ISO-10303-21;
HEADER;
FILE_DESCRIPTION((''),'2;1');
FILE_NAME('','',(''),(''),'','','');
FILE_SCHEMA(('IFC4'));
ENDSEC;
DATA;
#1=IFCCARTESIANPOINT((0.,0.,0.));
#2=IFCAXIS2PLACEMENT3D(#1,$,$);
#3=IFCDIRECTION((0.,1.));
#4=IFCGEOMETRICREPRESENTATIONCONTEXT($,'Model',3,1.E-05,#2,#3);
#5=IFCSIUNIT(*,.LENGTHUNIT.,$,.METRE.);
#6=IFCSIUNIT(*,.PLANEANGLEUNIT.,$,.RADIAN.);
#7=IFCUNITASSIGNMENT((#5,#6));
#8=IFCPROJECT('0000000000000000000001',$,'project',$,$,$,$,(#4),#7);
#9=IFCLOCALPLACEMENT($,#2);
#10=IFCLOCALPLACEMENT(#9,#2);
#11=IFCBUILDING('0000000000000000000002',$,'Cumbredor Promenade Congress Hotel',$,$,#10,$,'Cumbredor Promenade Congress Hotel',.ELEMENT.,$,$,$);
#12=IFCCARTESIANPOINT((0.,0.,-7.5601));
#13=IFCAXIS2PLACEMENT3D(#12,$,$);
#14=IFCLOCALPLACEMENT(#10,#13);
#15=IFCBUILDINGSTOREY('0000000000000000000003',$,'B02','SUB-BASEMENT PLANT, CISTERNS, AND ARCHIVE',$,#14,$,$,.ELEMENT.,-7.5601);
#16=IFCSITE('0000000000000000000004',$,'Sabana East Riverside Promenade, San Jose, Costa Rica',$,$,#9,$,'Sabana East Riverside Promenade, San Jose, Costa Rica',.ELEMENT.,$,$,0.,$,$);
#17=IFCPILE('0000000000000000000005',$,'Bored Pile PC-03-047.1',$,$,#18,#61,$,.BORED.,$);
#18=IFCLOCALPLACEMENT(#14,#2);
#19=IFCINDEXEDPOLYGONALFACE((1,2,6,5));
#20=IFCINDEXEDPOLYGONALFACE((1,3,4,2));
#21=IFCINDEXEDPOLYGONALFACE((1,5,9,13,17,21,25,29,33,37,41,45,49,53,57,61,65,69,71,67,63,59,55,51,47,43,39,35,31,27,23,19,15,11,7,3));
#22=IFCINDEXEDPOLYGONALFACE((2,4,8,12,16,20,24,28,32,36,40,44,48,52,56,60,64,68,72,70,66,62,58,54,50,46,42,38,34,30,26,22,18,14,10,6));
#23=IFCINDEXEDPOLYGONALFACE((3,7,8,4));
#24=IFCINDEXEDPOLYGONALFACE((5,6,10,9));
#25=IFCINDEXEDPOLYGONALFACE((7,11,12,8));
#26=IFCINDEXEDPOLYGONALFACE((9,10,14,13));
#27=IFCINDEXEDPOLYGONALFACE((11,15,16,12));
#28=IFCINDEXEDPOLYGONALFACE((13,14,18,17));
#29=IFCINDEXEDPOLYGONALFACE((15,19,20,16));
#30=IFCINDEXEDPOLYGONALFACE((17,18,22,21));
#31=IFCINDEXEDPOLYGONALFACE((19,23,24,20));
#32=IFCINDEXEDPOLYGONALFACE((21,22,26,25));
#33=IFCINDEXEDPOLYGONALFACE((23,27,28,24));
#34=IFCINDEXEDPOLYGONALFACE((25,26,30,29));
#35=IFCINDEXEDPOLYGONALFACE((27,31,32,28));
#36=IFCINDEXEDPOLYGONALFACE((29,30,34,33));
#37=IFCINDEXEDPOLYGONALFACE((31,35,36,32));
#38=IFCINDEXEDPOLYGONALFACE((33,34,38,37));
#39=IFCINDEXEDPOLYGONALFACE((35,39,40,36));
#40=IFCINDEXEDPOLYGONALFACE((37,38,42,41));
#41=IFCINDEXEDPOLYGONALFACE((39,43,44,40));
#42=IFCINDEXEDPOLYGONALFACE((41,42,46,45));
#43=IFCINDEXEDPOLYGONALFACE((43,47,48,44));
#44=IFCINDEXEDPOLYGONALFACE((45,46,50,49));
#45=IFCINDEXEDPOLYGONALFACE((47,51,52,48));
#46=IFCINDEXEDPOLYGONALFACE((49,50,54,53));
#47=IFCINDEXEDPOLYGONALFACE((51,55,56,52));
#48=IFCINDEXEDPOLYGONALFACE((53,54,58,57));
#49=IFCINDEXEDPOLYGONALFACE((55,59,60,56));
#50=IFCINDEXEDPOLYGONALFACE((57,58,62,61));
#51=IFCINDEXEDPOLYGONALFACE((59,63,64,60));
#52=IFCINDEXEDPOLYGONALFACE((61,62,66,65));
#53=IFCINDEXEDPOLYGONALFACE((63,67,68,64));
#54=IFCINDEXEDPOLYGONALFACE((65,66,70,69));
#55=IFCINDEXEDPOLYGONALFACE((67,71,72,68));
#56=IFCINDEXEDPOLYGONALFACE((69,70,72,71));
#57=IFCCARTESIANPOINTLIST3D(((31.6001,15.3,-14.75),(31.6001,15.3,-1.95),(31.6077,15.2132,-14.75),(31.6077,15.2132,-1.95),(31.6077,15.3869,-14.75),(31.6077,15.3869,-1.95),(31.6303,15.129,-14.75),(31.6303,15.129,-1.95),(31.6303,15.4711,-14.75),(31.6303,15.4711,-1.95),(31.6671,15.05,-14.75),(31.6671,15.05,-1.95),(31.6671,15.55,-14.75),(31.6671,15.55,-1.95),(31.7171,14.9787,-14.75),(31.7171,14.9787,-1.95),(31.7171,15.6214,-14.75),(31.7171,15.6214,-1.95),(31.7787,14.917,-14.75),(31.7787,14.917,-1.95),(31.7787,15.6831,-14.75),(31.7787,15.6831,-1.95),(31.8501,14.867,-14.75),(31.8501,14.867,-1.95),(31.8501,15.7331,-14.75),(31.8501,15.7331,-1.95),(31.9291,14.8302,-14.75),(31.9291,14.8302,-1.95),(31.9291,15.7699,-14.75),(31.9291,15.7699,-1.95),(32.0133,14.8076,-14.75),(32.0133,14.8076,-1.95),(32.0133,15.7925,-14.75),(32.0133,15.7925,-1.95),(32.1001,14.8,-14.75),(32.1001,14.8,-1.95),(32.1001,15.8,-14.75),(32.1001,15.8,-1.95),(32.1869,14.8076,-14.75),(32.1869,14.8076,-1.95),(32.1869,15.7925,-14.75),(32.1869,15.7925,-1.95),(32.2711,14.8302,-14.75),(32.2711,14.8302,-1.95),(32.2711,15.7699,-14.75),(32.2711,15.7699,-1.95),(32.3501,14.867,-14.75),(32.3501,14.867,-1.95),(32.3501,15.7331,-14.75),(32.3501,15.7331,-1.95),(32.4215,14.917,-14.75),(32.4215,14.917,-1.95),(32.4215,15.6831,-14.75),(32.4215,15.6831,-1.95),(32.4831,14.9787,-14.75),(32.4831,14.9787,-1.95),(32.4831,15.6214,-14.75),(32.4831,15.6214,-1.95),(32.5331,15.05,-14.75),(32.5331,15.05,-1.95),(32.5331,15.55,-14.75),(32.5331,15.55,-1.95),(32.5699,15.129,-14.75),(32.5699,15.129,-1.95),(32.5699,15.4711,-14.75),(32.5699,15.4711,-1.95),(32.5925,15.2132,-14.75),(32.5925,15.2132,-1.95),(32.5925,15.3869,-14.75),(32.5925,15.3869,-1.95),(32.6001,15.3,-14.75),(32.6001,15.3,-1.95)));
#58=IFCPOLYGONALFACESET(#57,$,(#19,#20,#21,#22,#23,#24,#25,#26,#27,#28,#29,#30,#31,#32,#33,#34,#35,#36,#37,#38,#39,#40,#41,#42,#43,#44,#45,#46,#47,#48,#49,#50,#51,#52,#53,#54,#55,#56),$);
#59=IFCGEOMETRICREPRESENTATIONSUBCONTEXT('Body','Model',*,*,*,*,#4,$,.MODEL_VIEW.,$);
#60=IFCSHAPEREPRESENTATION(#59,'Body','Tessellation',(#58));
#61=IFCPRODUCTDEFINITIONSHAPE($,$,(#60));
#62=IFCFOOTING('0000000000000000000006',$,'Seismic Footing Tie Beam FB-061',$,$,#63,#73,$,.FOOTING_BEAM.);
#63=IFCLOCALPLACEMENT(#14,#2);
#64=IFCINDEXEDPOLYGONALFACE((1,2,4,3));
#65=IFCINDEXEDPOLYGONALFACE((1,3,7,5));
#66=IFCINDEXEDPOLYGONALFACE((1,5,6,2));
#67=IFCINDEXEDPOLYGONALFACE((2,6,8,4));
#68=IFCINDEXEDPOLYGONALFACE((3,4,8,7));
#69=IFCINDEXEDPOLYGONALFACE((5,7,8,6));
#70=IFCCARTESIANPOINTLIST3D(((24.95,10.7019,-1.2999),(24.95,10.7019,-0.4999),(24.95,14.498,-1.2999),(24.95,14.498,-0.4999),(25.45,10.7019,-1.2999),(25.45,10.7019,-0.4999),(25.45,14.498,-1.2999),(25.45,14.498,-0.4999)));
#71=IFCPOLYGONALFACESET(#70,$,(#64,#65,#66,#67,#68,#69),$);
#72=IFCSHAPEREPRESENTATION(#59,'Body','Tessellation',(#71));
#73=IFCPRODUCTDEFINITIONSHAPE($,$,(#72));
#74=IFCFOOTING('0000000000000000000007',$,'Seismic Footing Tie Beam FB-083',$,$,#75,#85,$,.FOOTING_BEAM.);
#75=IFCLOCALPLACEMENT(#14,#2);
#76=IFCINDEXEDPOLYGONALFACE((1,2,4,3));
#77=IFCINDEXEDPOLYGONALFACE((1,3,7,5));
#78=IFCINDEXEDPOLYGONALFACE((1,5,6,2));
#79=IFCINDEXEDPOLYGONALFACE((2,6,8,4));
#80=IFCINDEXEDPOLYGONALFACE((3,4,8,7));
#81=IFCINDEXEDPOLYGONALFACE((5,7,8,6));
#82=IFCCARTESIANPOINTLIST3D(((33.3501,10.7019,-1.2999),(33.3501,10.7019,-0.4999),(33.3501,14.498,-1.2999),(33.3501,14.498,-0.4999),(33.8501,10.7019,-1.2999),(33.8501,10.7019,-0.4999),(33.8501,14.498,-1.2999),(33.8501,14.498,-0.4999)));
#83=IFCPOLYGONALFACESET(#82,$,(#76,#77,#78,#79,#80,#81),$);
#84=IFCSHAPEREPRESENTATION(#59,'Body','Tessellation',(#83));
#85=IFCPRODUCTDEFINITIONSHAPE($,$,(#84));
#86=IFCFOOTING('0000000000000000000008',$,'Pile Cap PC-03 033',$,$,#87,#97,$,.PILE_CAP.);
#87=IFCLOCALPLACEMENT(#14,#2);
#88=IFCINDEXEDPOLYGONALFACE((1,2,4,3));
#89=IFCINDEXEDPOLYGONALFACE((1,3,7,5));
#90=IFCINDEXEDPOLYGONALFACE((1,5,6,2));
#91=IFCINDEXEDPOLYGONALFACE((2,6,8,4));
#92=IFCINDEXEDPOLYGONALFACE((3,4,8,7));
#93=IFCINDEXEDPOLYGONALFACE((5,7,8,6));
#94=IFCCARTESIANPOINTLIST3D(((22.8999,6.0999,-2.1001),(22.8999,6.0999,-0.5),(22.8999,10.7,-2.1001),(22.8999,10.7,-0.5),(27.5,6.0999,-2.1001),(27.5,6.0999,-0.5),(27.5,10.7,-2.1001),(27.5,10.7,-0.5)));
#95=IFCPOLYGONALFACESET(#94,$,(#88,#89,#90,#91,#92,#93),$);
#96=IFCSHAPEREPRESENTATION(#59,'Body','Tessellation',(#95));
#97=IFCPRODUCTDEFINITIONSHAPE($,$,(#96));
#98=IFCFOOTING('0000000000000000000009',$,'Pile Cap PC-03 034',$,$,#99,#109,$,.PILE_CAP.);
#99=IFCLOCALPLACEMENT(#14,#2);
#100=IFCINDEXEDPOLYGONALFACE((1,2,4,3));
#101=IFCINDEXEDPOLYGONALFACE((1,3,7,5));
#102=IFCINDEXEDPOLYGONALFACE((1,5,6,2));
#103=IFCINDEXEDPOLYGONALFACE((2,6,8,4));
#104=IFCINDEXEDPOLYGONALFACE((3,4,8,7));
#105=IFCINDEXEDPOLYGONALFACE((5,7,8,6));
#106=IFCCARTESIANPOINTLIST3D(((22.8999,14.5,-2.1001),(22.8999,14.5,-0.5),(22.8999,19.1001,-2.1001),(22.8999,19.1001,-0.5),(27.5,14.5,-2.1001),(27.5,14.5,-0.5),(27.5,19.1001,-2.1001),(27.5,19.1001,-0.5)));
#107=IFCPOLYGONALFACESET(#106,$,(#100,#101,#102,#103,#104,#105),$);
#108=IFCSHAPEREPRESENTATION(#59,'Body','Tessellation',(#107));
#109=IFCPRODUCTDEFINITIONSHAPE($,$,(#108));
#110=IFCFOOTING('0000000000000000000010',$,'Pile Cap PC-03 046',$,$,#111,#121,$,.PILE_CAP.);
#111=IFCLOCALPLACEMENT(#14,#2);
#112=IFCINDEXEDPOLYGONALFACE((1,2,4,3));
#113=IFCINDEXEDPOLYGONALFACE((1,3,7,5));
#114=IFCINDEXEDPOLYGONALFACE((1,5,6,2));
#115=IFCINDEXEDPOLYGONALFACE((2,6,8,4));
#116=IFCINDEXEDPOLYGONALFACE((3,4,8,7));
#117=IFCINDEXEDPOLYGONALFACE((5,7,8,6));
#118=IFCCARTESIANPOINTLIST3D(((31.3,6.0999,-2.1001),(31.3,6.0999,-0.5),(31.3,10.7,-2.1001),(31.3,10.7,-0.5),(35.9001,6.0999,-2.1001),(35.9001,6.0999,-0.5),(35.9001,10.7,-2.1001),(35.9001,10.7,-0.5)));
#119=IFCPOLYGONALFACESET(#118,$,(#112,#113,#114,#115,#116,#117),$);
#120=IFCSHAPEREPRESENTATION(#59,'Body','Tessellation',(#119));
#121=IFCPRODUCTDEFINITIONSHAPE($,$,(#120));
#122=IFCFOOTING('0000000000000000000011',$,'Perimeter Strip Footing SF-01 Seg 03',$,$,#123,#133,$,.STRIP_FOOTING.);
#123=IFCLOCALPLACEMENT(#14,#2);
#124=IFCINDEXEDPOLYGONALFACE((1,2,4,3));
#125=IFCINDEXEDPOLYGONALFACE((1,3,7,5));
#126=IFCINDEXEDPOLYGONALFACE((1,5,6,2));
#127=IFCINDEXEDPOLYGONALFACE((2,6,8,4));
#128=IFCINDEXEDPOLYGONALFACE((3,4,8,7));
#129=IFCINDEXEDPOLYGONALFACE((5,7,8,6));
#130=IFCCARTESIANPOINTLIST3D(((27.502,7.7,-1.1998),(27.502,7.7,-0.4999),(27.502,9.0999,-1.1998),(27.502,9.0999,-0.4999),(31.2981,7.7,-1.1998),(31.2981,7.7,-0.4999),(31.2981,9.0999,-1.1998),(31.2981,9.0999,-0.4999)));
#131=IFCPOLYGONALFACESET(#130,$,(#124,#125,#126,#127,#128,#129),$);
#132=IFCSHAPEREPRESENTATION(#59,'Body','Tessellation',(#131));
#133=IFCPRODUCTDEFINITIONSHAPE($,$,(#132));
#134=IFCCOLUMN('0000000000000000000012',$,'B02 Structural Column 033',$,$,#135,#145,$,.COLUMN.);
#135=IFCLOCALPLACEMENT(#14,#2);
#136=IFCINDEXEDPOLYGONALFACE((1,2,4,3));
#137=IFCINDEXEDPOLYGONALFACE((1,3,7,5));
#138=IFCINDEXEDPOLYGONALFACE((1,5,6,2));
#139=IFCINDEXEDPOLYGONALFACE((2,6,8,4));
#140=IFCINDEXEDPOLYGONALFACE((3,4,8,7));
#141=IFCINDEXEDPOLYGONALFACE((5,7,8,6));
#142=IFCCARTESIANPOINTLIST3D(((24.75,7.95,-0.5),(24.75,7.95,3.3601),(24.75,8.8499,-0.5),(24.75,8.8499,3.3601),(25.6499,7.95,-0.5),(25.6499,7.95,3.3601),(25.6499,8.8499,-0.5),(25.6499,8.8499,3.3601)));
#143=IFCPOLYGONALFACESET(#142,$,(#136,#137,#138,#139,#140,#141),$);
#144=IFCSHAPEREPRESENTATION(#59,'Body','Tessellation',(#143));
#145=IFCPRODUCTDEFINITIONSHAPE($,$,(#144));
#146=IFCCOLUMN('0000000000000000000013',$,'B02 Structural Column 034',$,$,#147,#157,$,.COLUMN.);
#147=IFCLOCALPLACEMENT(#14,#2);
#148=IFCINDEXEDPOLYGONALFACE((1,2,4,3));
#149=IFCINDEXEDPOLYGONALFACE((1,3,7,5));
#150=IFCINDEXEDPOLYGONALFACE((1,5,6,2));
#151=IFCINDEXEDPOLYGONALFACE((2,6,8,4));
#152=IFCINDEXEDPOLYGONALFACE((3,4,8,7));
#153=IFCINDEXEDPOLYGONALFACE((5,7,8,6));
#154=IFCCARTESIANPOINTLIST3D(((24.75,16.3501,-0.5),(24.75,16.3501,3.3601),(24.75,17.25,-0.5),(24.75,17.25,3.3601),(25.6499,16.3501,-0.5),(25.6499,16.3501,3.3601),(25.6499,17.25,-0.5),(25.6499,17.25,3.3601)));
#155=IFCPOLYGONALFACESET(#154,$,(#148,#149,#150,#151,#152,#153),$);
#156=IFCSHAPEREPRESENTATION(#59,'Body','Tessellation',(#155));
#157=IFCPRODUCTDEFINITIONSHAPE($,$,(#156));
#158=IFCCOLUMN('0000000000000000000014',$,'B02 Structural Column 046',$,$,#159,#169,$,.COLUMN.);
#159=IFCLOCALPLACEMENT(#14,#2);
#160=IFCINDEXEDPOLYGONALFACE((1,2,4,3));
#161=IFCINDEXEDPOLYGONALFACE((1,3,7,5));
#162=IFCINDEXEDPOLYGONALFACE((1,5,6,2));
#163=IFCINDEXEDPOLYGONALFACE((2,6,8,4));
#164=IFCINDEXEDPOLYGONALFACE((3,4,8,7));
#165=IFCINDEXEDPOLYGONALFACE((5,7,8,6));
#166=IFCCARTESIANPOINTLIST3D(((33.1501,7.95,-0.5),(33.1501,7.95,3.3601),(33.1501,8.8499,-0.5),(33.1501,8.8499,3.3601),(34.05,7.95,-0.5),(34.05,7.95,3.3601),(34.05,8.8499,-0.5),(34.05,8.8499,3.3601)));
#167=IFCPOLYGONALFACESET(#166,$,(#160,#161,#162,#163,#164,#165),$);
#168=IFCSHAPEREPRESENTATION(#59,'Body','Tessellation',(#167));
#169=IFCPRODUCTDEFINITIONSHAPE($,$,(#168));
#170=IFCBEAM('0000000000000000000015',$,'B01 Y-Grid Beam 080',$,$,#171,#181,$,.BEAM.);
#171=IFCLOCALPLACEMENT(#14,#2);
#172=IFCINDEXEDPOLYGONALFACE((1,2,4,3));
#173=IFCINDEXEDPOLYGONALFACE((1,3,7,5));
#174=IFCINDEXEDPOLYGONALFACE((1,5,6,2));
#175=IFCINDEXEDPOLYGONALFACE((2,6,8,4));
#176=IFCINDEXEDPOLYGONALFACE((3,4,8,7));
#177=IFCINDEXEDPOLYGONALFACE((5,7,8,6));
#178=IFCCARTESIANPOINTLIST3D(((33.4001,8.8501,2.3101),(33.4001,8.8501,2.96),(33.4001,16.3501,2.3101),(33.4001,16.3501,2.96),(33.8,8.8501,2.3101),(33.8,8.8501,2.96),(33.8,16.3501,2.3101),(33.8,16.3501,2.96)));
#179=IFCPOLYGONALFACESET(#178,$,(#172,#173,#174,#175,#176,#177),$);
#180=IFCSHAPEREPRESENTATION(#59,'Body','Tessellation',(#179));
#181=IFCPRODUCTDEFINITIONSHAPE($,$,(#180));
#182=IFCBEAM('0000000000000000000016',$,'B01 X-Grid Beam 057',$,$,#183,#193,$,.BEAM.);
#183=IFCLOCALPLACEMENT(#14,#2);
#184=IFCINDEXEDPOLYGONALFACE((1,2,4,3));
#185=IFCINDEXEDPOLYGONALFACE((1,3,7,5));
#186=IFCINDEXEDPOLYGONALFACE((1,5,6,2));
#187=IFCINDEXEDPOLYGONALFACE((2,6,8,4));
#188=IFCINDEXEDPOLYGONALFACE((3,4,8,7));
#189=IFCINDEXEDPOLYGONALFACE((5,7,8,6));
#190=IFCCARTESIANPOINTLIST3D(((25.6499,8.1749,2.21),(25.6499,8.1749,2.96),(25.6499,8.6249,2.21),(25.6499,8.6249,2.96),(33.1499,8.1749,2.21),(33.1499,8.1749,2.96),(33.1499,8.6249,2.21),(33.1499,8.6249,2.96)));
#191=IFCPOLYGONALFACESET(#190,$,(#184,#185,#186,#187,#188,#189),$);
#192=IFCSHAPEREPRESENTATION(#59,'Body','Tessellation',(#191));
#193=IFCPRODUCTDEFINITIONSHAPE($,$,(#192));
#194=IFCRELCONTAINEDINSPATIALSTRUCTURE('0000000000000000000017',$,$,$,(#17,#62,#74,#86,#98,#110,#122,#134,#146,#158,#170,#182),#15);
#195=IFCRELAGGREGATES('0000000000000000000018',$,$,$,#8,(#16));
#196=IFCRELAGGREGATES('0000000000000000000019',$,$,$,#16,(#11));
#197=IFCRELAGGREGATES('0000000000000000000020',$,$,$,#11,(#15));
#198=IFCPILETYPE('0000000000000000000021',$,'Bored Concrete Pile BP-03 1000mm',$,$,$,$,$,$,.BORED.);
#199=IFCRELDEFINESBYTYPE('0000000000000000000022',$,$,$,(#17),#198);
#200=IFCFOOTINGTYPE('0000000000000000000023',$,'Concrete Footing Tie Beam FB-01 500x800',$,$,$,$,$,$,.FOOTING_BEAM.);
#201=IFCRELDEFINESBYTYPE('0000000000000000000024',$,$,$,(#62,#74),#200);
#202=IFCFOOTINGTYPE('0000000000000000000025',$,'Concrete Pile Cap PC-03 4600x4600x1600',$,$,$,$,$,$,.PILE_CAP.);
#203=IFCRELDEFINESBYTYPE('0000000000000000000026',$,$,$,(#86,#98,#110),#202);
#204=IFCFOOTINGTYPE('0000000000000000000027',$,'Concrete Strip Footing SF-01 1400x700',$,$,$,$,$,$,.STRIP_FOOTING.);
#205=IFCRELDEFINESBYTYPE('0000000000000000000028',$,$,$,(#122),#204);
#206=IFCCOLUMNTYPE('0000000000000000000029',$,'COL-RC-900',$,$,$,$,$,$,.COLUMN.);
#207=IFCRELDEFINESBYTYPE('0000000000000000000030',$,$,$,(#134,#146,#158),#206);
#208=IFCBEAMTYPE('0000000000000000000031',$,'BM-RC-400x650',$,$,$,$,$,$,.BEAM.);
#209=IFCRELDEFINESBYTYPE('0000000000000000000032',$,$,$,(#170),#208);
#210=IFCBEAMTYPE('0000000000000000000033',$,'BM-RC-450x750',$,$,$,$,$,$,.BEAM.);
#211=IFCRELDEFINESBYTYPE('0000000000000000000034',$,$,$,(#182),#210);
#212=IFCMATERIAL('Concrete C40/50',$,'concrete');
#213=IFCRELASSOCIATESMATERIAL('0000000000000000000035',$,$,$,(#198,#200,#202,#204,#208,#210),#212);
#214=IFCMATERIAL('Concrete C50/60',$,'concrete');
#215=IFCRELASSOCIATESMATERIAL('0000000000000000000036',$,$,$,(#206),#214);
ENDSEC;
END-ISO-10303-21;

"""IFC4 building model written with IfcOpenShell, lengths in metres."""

from ifc_helpers import new_model, si_unit, direction, frame, origin, origin_2d, place, context, subcontext, project, spatial, rectangle, circle, extrude, material, material_profile, profile_set, type_object, element, save


model = new_model("IFC4")

# Units and contexts
model_context = context("Model", 3, precision=1e-05, world=origin(), true_north=direction((0.0, 1.0)))
body_context = subcontext(model_context, "Body", "Model", "MODEL_VIEW")
ifc_project = project(units=[si_unit("LENGTHUNIT", "METRE"), si_unit("PLANEANGLEUNIT", "RADIAN")], contexts=[model_context])

# Site, building, storey
site_placement = place(None, origin())
site = spatial("IfcSite", under=ifc_project, at=site_placement, Name="Sabana East Riverside Promenade, San Jose, Costa Rica", LongName="Sabana East Riverside Promenade, San Jose, Costa Rica", CompositionType="ELEMENT", RefElevation=0.0)
building_placement = place(site_placement, origin())
building = spatial("IfcBuilding", under=site, at=building_placement, Name="Cumbredor Promenade Congress Hotel", LongName="Cumbredor Promenade Congress Hotel", CompositionType="ELEMENT")
storey_placement = place(building_placement, frame((0.0, 0.0, -7.5601)))
storey = spatial("IfcBuildingStorey", under=building, at=storey_placement, Name="B02", Description="SUB-BASEMENT PLANT, CISTERNS, AND ARCHIVE", CompositionType="ELEMENT", Elevation=-7.5601)

# Pile
ifc_material_1 = material(Name="Concrete C40/50", Category="concrete")
ifc_material_profile_1 = material_profile(ifc_material_1, circle(Radius=0.5, at=origin_2d()), Name="PILE D1000")
ifc_profile_set_1 = profile_set([ifc_material_profile_1], Name="Concrete C40/50")
pile_type = type_object("IfcPileType", Name="Bored Concrete Pile BP-03 1000mm", PredefinedType="BORED", material=ifc_profile_set_1)
for number, where, z_axis, x_axis, name in (
    (1, (32.1001, 15.3, -1.95), (0.0, 0.0, -1.0), (1.0, 0.0, 0.0), "Bored Pile PC-03-047.1"),
):
    element("IfcPile", number, at=place(storey_placement, frame(where, z_axis=z_axis, x_axis=x_axis)), inside=storey, type_object=pile_type, Name=name, PredefinedType="BORED", context=body_context, shape_type="SweptSolid", body=[
        extrude(circle(Radius=0.5, at=origin_2d()), origin(), (0.0, 0.0, 1.0), 12.8),
    ])

# Footings
ifc_material_profile_2 = material_profile(ifc_material_1, rectangle(XDim=0.5, YDim=0.8, at=origin_2d()), Name="FB 500x800")
ifc_profile_set_2 = profile_set([ifc_material_profile_2], Name="Concrete C40/50")
footing_type_1 = type_object("IfcFootingType", Name="Concrete Footing Tie Beam FB-01 500x800", PredefinedType="FOOTING_BEAM", material=ifc_profile_set_2)
for number, where, z_axis, x_axis, name in (
    (2, (25.2, 10.7019, -0.8999), (0.0, 1.0, 0.0), (-1.0, 0.0, 0.0), "Seismic Footing Tie Beam FB-061"),
    (3, (33.6001, 10.7019, -0.8999), (0.0, 1.0, 0.0), (-1.0, 0.0, 0.0), "Seismic Footing Tie Beam FB-083"),
):
    element("IfcFooting", number, at=place(storey_placement, frame(where, z_axis=z_axis, x_axis=x_axis)), inside=storey, type_object=footing_type_1, Name=name, PredefinedType="FOOTING_BEAM", context=body_context, shape_type="SweptSolid", body=[
        extrude(rectangle(XDim=0.5, YDim=0.8, at=origin_2d()), origin(), (0.0, 0.0, 1.0), 3.7961),
    ])
footing_type_2 = type_object("IfcFootingType", Name="Concrete Pile Cap PC-03 4600x4600x1600", PredefinedType="PILE_CAP", material=ifc_material_1)
for number, where, z_axis, x_axis, name in (
    (4, (25.2, 8.3999, -2.1001), (0.0, 0.0, 1.0), (1.0, 0.0, 0.0), "Pile Cap PC-03 033"),
    (5, (25.2, 16.8, -2.1001), (0.0, 0.0, 1.0), (1.0, 0.0, 0.0), "Pile Cap PC-03 034"),
    (6, (33.6001, 8.3999, -2.1001), (0.0, 0.0, 1.0), (1.0, 0.0, 0.0), "Pile Cap PC-03 046"),
):
    element("IfcFooting", number, at=place(storey_placement, frame(where, z_axis=z_axis, x_axis=x_axis)), inside=storey, type_object=footing_type_2, Name=name, PredefinedType="PILE_CAP", context=body_context, shape_type="SweptSolid", body=[
        extrude(rectangle(XDim=4.6001, YDim=4.6001, at=origin_2d()), origin(), (0.0, 0.0, 1.0), 1.6001),
    ])
ifc_material_profile_3 = material_profile(ifc_material_1, rectangle(XDim=1.3999, YDim=0.7, at=origin_2d()), Name="SF 1400x700")
ifc_profile_set_3 = profile_set([ifc_material_profile_3], Name="Concrete C40/50")
footing_type_3 = type_object("IfcFootingType", Name="Concrete Strip Footing SF-01 1400x700", PredefinedType="STRIP_FOOTING", material=ifc_profile_set_3)
footing_placement = place(storey_placement, frame((27.502, 8.3999, -0.8499), z_axis=(1.0, 0.0, 0.0), x_axis=(0.0, 1.0, 0.0)))
element("IfcFooting", 7, at=footing_placement, inside=storey, type_object=footing_type_3, Name="Perimeter Strip Footing SF-01 Seg 03", PredefinedType="STRIP_FOOTING", context=body_context, shape_type="SweptSolid", body=[
    extrude(rectangle(XDim=1.3999, YDim=0.7, at=origin_2d()), origin(), (0.0, 0.0, 1.0), 3.7961),
])

# Columns
ifc_material_2 = material(Name="Concrete C50/60", Category="concrete")
ifc_material_profile_4 = material_profile(ifc_material_2, rectangle(XDim=0.8999, YDim=0.8999, at=origin_2d()), Name="RC 900x900")
ifc_profile_set_4 = profile_set([ifc_material_profile_4], Name="Concrete C50/60")
column_type = type_object("IfcColumnType", Name="COL-RC-900", PredefinedType="COLUMN", material=ifc_profile_set_4)
for number, where, z_axis, x_axis, name in (
    (8, (25.2, 8.3999, -0.5), (0.0, 0.0, 1.0), (1.0, 0.0, 0.0), "B02 Structural Column 033"),
    (9, (25.2, 16.8, -0.5), (0.0, 0.0, 1.0), (1.0, 0.0, 0.0), "B02 Structural Column 034"),
    (10, (33.6001, 8.3999, -0.5), (0.0, 0.0, 1.0), (1.0, 0.0, 0.0), "B02 Structural Column 046"),
):
    element("IfcColumn", number, at=place(storey_placement, frame(where, z_axis=z_axis, x_axis=x_axis)), inside=storey, type_object=column_type, Name=name, PredefinedType="COLUMN", context=body_context, shape_type="SweptSolid", body=[
        extrude(rectangle(XDim=0.8999, YDim=0.8999, at=origin_2d()), origin(), (0.0, 0.0, 1.0), 3.8601),
    ])

# Beams
ifc_material_profile_5 = material_profile(ifc_material_1, rectangle(XDim=0.3999, YDim=0.6499, at=origin_2d()), Name="RC BEAM 400x650")
ifc_profile_set_5 = profile_set([ifc_material_profile_5], Name="Concrete C40/50")
beam_type_1 = type_object("IfcBeamType", Name="BM-RC-400x650", PredefinedType="BEAM", material=ifc_profile_set_5)
beam_1_placement = place(storey_placement, frame((33.6001, 8.8501, 2.635), z_axis=(0.0, 1.0, 0.0), x_axis=(-1.0, 0.0, 0.0)))
element("IfcBeam", 11, at=beam_1_placement, inside=storey, type_object=beam_type_1, Name="B01 Y-Grid Beam 080", PredefinedType="BEAM", context=body_context, shape_type="SweptSolid", body=[
    extrude(rectangle(XDim=0.3999, YDim=0.6499, at=origin_2d()), origin(), (0.0, 0.0, 1.0), 7.5),
])
ifc_material_profile_6 = material_profile(ifc_material_1, rectangle(XDim=0.45, YDim=0.75, at=origin_2d()), Name="RC BEAM 450x750")
ifc_profile_set_6 = profile_set([ifc_material_profile_6], Name="Concrete C40/50")
beam_type_2 = type_object("IfcBeamType", Name="BM-RC-450x750", PredefinedType="BEAM", material=ifc_profile_set_6)
for number, where, z_axis, x_axis, name in (
    (12, (25.6499, 8.3999, 2.585), (1.0, 0.0, 0.0), (0.0, 1.0, 0.0), "B01 X-Grid Beam 057"),
):
    element("IfcBeam", number, at=place(storey_placement, frame(where, z_axis=z_axis, x_axis=x_axis)), inside=storey, type_object=beam_type_2, Name=name, PredefinedType="BEAM", context=body_context, shape_type="SweptSolid", body=[
        extrude(rectangle(XDim=0.45, YDim=0.75, at=origin_2d()), origin(), (0.0, 0.0, 1.0), 7.5),
    ])

save(model, "model.ifc")
